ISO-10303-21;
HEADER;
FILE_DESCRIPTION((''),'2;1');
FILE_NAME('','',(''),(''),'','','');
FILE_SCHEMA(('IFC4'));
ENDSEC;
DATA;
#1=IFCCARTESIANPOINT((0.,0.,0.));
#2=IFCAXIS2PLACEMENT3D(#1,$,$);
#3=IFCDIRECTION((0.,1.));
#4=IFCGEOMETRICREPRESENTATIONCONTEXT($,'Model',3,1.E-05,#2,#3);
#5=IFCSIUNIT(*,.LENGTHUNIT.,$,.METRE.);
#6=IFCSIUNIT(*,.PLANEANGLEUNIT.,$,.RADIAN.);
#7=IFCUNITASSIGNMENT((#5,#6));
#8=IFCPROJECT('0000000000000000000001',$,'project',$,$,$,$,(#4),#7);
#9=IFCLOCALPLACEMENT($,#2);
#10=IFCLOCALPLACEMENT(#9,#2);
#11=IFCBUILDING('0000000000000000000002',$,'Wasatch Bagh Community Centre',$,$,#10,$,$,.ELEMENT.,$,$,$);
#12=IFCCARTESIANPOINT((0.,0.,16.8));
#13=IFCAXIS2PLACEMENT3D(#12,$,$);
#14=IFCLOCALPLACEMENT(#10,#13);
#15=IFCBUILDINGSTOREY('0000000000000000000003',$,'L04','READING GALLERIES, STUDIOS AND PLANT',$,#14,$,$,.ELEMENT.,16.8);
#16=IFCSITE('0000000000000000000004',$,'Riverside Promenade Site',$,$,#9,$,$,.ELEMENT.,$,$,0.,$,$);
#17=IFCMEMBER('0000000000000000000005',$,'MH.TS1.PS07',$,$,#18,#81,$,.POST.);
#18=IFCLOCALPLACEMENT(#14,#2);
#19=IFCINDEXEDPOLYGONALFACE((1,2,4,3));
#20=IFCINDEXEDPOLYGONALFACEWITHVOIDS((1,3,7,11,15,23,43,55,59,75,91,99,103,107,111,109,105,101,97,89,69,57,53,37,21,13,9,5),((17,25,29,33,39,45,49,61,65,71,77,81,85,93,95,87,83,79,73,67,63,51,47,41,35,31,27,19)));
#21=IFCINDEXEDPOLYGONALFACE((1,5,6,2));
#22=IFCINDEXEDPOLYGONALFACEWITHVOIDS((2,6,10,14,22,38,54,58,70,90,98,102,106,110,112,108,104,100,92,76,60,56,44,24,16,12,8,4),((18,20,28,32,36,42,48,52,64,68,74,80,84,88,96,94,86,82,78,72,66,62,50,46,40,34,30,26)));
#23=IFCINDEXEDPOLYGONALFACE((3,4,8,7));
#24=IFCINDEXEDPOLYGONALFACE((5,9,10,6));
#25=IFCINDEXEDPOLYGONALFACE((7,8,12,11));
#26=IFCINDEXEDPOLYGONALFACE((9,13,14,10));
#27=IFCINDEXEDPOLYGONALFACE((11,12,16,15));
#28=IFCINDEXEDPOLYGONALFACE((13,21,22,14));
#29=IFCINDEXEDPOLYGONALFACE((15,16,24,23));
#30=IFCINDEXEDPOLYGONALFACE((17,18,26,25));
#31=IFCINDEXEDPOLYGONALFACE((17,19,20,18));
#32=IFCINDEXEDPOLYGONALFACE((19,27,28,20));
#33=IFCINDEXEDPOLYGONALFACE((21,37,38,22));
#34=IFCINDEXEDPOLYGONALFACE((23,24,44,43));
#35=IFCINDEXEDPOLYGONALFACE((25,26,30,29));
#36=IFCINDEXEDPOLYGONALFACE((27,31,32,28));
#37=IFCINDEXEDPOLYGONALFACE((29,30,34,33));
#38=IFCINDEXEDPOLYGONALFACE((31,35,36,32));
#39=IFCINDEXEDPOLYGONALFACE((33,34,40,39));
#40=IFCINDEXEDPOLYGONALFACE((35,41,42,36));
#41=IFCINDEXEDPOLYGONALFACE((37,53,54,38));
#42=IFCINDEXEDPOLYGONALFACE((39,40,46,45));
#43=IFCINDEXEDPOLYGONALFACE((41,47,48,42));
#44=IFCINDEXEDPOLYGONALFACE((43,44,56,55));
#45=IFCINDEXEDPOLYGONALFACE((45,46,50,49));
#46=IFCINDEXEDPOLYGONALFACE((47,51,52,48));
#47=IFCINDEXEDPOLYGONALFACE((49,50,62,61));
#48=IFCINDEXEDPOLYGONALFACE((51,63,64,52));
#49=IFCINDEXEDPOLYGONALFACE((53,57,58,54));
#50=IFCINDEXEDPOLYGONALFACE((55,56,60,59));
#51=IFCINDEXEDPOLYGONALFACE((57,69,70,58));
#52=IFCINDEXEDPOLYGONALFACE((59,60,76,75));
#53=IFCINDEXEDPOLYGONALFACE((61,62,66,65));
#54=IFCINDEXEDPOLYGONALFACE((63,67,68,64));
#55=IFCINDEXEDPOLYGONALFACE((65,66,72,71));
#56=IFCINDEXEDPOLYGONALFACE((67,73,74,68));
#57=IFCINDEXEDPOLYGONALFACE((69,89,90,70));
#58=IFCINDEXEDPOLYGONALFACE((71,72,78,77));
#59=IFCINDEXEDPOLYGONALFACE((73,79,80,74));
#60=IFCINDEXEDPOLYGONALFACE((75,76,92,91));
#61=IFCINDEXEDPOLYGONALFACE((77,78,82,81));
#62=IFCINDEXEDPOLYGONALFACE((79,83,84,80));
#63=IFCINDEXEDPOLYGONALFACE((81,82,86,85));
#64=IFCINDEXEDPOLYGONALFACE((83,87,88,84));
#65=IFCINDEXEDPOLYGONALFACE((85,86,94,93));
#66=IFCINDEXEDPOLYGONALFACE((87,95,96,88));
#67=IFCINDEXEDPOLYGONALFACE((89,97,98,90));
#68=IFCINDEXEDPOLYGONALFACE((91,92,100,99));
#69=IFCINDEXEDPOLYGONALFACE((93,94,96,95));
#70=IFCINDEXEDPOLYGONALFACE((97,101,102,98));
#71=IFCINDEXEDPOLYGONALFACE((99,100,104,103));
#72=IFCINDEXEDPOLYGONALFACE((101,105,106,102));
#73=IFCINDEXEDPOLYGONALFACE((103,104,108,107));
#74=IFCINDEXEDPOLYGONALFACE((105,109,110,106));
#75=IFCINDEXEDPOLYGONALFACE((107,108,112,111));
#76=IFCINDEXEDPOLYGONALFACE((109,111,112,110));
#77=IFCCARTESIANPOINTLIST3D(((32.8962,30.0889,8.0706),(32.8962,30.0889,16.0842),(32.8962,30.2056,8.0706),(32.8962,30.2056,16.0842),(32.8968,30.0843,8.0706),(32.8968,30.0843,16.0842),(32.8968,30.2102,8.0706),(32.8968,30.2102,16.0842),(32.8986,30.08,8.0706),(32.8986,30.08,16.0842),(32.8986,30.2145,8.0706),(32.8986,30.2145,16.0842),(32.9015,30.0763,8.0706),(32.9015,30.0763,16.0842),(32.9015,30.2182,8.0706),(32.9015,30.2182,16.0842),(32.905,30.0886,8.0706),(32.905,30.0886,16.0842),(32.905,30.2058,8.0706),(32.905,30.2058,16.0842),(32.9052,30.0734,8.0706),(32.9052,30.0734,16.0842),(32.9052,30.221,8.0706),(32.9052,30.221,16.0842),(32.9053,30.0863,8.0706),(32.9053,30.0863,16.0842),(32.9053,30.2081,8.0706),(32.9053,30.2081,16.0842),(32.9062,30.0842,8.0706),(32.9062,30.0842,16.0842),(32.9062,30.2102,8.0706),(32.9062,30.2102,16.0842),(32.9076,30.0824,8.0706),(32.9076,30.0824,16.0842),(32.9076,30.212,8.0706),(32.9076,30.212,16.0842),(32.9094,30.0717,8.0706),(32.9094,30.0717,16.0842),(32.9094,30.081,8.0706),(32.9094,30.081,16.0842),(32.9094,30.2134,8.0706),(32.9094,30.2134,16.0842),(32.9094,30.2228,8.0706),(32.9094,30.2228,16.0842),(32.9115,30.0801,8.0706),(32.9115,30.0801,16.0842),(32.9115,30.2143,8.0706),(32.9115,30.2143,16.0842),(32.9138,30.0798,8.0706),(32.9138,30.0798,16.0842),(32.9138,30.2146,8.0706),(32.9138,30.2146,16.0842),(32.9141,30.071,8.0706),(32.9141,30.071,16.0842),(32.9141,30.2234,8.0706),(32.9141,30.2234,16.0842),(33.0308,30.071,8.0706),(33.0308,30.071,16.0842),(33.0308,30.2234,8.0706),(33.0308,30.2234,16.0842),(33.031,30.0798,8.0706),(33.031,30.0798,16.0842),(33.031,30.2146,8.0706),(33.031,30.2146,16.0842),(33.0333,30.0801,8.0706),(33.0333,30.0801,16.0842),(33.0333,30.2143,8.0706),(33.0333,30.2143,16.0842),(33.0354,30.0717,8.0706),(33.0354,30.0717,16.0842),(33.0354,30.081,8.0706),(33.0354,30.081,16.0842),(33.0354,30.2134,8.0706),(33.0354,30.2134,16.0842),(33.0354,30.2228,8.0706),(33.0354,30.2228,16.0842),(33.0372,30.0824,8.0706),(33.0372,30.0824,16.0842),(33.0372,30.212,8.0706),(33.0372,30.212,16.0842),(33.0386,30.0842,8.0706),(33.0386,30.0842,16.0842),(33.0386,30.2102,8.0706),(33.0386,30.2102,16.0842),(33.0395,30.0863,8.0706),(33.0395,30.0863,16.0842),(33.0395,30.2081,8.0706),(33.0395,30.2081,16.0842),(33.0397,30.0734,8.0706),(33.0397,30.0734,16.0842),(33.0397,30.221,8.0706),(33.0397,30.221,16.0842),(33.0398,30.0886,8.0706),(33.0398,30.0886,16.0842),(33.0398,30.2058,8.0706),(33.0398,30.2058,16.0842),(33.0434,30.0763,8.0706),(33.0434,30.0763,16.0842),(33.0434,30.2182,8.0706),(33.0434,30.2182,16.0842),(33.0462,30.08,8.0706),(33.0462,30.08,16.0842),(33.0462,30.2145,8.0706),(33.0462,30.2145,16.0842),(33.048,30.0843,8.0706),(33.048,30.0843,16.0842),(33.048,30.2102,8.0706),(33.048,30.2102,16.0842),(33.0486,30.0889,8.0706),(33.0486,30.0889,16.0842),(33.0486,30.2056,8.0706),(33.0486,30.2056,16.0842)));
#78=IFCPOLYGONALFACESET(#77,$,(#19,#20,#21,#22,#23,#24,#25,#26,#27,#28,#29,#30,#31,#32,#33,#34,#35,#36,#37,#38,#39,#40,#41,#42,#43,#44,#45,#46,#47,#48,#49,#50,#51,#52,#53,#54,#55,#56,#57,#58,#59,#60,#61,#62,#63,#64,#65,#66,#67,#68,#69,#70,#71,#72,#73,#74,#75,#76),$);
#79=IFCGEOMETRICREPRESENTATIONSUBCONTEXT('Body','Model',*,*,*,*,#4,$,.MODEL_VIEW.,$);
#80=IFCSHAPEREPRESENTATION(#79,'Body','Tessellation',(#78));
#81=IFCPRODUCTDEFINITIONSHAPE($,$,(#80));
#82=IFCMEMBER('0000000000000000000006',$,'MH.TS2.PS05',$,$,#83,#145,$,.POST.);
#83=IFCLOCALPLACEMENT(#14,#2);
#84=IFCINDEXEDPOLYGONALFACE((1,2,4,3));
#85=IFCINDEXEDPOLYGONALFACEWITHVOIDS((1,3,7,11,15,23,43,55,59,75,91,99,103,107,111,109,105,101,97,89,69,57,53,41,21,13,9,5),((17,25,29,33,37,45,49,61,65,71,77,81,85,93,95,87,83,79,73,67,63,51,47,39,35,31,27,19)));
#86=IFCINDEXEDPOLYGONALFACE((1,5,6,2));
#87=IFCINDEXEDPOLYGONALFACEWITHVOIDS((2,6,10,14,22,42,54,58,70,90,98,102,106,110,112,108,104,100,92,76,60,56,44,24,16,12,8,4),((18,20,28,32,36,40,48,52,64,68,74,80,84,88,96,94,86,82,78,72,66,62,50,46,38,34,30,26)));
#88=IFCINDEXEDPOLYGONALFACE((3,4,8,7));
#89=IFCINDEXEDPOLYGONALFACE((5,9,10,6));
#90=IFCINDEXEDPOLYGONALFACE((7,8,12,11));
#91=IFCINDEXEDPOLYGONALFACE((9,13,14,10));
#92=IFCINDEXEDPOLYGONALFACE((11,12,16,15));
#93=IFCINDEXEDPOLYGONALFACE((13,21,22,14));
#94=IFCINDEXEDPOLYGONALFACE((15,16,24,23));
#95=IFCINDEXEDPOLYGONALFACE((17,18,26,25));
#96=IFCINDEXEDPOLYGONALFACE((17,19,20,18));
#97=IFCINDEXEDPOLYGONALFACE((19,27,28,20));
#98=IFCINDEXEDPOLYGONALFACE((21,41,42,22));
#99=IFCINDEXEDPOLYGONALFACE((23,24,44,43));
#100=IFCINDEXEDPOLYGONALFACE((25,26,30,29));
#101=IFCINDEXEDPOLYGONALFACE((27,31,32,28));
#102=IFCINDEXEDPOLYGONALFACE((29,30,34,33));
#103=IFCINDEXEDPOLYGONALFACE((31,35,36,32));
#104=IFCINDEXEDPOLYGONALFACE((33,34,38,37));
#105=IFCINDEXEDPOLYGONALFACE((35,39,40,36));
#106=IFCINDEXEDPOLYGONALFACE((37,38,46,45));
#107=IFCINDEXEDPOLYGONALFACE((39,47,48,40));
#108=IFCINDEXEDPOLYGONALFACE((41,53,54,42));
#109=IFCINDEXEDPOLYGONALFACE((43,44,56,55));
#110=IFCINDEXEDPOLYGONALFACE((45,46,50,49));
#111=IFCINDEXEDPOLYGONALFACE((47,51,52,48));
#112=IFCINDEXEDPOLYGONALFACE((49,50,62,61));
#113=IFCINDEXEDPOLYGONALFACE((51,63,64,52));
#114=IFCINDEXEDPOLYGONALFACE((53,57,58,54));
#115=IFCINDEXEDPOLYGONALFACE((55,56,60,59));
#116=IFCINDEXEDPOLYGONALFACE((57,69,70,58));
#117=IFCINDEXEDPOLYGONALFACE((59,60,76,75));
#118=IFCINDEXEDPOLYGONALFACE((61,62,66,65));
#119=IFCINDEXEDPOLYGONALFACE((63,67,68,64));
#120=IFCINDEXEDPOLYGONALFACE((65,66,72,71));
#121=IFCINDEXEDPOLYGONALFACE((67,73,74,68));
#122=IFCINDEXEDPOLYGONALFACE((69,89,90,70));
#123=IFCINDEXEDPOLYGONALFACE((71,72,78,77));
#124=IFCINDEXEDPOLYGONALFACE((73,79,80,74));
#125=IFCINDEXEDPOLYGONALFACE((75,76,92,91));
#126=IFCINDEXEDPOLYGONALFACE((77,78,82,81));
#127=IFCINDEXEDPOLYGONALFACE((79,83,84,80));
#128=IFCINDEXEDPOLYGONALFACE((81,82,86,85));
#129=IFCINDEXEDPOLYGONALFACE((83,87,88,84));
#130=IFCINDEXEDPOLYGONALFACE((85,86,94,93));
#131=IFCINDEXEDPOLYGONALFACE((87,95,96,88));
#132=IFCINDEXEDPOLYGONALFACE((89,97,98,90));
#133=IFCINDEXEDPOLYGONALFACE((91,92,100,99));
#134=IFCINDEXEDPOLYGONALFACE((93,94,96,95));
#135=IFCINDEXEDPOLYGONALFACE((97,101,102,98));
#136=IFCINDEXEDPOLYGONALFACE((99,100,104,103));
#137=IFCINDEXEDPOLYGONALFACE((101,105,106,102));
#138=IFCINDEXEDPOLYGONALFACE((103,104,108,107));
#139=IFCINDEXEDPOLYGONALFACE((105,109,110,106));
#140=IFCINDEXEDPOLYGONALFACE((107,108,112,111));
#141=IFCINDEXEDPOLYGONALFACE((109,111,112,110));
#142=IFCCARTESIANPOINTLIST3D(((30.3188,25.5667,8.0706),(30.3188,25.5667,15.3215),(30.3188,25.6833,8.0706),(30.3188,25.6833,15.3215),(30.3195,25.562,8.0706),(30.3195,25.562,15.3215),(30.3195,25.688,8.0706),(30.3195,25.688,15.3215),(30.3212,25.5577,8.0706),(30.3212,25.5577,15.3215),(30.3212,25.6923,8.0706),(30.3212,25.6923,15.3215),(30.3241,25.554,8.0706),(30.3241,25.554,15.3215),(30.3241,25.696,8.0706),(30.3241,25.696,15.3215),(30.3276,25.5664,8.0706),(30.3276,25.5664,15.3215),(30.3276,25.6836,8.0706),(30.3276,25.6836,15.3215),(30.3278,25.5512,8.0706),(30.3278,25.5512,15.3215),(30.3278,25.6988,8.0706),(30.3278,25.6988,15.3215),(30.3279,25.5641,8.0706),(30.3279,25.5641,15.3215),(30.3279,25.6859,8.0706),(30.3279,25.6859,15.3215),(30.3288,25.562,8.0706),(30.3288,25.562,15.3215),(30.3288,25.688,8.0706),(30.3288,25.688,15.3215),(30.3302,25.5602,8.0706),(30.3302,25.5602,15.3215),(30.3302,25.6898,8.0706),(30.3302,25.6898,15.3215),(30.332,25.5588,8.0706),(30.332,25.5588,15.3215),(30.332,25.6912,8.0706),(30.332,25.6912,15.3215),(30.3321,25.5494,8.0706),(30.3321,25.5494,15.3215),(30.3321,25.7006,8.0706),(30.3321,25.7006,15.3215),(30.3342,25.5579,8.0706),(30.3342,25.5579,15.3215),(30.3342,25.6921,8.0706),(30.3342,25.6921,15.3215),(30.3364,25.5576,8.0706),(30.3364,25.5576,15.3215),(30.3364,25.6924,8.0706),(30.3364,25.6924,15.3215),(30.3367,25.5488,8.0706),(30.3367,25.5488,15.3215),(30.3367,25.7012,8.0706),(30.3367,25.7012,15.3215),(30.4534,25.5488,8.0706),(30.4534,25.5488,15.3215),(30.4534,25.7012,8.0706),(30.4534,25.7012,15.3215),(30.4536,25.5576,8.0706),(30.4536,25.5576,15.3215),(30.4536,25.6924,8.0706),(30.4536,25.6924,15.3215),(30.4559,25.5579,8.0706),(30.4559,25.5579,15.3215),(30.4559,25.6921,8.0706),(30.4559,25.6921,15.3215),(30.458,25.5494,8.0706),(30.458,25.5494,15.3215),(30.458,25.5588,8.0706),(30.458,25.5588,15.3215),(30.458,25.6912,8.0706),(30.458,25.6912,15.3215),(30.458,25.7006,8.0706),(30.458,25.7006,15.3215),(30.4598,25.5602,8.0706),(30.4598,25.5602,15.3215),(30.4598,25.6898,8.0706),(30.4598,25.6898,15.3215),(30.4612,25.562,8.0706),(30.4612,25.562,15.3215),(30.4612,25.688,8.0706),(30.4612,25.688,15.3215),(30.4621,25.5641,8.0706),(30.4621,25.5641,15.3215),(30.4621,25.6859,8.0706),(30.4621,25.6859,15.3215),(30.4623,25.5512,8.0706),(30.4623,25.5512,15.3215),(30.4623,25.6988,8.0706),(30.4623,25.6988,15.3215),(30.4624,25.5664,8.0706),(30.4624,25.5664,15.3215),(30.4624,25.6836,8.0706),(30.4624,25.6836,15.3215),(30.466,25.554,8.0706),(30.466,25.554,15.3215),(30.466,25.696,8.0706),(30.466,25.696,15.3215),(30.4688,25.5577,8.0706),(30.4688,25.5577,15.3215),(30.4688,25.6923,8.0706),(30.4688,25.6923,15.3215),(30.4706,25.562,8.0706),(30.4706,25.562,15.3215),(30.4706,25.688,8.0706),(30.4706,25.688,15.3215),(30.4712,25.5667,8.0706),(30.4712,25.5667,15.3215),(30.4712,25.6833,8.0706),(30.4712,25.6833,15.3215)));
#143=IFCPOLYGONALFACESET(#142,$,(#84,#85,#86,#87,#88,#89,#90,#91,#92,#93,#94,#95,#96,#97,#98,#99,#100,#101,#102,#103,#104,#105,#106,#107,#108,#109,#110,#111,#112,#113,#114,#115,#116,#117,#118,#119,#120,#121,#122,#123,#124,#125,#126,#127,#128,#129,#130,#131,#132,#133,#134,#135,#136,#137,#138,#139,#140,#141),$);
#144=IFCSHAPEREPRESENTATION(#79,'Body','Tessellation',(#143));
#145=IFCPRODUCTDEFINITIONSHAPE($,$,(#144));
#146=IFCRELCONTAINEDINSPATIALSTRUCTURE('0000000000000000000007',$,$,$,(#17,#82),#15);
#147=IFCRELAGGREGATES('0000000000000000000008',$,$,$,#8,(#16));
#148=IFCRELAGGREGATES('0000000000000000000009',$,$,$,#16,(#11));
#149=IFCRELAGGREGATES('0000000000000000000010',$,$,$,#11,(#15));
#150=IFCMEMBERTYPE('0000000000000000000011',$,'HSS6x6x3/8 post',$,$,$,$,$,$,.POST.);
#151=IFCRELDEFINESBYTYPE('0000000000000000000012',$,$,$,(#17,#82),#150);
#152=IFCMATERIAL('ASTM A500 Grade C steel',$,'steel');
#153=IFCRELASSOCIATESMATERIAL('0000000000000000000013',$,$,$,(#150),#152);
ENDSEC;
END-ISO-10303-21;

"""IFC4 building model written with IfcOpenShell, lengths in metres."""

from ifc_helpers import new_model, si_unit, direction, frame, origin, origin_2d, place, context, subcontext, project, spatial, hollow_rectangle, extrude, material, material_profile, profile_set, type_object, element, save


model = new_model("IFC4")

# Units and contexts
model_context = context("Model", 3, precision=1e-05, world=origin(), true_north=direction((0.0, 1.0)))
body_context = subcontext(model_context, "Body", "Model", "MODEL_VIEW")
ifc_project = project(units=[si_unit("LENGTHUNIT", "METRE"), si_unit("PLANEANGLEUNIT", "RADIAN")], contexts=[model_context])

# Site, building, storey
site_placement = place(None, origin())
site = spatial("IfcSite", under=ifc_project, at=site_placement, Name="Riverside Promenade Site", CompositionType="ELEMENT", RefElevation=0.0)
building_placement = place(site_placement, origin())
building = spatial("IfcBuilding", under=site, at=building_placement, Name="Wasatch Bagh Community Centre", CompositionType="ELEMENT")
storey_placement = place(building_placement, frame((0.0, 0.0, 16.8)))
storey = spatial("IfcBuildingStorey", under=building, at=storey_placement, Name="L04", Description="READING GALLERIES, STUDIOS AND PLANT", CompositionType="ELEMENT", Elevation=16.8)

# Members
ifc_material_1 = material(Name="ASTM A500 Grade C steel", Category="steel")
ifc_material_profile_1 = material_profile(ifc_material_1, hollow_rectangle(XDim=0.1523, YDim=0.1523, WallThickness=0.0088, InnerFilletRadius=0.0088, OuterFilletRadius=0.0178, at=origin_2d()), Name="HSS6x6x3/8")
ifc_profile_set_1 = profile_set([ifc_material_profile_1], Name="ASTM A500 Grade C steel")
member_type_1 = type_object("IfcMemberType", Name="HSS6x6x3/8 post", PredefinedType="POST", material=ifc_profile_set_1)
member_1_placement = place(storey_placement, frame((32.9724, 30.1472, 8.0706), z_axis=(0.0, 0.0, 1.0), x_axis=(1.0, 0.0, 0.0)))
element("IfcMember", 1, at=member_1_placement, inside=storey, type_object=member_type_1, Name="MH.TS1.PS07", PredefinedType="POST", context=body_context, shape_type="SweptSolid", body=[
    extrude(hollow_rectangle(XDim=0.1523, YDim=0.1523, WallThickness=0.0088, InnerFilletRadius=0.0088, OuterFilletRadius=0.0178, at=origin_2d()), origin(), (0.0, 0.0, 1.0), 8.0137),
])
member_2_placement = place(storey_placement, frame((30.395, 25.625, 8.0706), z_axis=(0.0, 0.0, 1.0), x_axis=(1.0, 0.0, 0.0)))
element("IfcMember", 2, at=member_2_placement, inside=storey, type_object=member_type_1, Name="MH.TS2.PS05", PredefinedType="POST", context=body_context, shape_type="SweptSolid", body=[
    extrude(hollow_rectangle(XDim=0.1523, YDim=0.1523, WallThickness=0.0088, InnerFilletRadius=0.0088, OuterFilletRadius=0.0178, at=origin_2d()), origin(), (0.0, 0.0, 1.0), 7.251),
])

save(model, "model.ifc")
